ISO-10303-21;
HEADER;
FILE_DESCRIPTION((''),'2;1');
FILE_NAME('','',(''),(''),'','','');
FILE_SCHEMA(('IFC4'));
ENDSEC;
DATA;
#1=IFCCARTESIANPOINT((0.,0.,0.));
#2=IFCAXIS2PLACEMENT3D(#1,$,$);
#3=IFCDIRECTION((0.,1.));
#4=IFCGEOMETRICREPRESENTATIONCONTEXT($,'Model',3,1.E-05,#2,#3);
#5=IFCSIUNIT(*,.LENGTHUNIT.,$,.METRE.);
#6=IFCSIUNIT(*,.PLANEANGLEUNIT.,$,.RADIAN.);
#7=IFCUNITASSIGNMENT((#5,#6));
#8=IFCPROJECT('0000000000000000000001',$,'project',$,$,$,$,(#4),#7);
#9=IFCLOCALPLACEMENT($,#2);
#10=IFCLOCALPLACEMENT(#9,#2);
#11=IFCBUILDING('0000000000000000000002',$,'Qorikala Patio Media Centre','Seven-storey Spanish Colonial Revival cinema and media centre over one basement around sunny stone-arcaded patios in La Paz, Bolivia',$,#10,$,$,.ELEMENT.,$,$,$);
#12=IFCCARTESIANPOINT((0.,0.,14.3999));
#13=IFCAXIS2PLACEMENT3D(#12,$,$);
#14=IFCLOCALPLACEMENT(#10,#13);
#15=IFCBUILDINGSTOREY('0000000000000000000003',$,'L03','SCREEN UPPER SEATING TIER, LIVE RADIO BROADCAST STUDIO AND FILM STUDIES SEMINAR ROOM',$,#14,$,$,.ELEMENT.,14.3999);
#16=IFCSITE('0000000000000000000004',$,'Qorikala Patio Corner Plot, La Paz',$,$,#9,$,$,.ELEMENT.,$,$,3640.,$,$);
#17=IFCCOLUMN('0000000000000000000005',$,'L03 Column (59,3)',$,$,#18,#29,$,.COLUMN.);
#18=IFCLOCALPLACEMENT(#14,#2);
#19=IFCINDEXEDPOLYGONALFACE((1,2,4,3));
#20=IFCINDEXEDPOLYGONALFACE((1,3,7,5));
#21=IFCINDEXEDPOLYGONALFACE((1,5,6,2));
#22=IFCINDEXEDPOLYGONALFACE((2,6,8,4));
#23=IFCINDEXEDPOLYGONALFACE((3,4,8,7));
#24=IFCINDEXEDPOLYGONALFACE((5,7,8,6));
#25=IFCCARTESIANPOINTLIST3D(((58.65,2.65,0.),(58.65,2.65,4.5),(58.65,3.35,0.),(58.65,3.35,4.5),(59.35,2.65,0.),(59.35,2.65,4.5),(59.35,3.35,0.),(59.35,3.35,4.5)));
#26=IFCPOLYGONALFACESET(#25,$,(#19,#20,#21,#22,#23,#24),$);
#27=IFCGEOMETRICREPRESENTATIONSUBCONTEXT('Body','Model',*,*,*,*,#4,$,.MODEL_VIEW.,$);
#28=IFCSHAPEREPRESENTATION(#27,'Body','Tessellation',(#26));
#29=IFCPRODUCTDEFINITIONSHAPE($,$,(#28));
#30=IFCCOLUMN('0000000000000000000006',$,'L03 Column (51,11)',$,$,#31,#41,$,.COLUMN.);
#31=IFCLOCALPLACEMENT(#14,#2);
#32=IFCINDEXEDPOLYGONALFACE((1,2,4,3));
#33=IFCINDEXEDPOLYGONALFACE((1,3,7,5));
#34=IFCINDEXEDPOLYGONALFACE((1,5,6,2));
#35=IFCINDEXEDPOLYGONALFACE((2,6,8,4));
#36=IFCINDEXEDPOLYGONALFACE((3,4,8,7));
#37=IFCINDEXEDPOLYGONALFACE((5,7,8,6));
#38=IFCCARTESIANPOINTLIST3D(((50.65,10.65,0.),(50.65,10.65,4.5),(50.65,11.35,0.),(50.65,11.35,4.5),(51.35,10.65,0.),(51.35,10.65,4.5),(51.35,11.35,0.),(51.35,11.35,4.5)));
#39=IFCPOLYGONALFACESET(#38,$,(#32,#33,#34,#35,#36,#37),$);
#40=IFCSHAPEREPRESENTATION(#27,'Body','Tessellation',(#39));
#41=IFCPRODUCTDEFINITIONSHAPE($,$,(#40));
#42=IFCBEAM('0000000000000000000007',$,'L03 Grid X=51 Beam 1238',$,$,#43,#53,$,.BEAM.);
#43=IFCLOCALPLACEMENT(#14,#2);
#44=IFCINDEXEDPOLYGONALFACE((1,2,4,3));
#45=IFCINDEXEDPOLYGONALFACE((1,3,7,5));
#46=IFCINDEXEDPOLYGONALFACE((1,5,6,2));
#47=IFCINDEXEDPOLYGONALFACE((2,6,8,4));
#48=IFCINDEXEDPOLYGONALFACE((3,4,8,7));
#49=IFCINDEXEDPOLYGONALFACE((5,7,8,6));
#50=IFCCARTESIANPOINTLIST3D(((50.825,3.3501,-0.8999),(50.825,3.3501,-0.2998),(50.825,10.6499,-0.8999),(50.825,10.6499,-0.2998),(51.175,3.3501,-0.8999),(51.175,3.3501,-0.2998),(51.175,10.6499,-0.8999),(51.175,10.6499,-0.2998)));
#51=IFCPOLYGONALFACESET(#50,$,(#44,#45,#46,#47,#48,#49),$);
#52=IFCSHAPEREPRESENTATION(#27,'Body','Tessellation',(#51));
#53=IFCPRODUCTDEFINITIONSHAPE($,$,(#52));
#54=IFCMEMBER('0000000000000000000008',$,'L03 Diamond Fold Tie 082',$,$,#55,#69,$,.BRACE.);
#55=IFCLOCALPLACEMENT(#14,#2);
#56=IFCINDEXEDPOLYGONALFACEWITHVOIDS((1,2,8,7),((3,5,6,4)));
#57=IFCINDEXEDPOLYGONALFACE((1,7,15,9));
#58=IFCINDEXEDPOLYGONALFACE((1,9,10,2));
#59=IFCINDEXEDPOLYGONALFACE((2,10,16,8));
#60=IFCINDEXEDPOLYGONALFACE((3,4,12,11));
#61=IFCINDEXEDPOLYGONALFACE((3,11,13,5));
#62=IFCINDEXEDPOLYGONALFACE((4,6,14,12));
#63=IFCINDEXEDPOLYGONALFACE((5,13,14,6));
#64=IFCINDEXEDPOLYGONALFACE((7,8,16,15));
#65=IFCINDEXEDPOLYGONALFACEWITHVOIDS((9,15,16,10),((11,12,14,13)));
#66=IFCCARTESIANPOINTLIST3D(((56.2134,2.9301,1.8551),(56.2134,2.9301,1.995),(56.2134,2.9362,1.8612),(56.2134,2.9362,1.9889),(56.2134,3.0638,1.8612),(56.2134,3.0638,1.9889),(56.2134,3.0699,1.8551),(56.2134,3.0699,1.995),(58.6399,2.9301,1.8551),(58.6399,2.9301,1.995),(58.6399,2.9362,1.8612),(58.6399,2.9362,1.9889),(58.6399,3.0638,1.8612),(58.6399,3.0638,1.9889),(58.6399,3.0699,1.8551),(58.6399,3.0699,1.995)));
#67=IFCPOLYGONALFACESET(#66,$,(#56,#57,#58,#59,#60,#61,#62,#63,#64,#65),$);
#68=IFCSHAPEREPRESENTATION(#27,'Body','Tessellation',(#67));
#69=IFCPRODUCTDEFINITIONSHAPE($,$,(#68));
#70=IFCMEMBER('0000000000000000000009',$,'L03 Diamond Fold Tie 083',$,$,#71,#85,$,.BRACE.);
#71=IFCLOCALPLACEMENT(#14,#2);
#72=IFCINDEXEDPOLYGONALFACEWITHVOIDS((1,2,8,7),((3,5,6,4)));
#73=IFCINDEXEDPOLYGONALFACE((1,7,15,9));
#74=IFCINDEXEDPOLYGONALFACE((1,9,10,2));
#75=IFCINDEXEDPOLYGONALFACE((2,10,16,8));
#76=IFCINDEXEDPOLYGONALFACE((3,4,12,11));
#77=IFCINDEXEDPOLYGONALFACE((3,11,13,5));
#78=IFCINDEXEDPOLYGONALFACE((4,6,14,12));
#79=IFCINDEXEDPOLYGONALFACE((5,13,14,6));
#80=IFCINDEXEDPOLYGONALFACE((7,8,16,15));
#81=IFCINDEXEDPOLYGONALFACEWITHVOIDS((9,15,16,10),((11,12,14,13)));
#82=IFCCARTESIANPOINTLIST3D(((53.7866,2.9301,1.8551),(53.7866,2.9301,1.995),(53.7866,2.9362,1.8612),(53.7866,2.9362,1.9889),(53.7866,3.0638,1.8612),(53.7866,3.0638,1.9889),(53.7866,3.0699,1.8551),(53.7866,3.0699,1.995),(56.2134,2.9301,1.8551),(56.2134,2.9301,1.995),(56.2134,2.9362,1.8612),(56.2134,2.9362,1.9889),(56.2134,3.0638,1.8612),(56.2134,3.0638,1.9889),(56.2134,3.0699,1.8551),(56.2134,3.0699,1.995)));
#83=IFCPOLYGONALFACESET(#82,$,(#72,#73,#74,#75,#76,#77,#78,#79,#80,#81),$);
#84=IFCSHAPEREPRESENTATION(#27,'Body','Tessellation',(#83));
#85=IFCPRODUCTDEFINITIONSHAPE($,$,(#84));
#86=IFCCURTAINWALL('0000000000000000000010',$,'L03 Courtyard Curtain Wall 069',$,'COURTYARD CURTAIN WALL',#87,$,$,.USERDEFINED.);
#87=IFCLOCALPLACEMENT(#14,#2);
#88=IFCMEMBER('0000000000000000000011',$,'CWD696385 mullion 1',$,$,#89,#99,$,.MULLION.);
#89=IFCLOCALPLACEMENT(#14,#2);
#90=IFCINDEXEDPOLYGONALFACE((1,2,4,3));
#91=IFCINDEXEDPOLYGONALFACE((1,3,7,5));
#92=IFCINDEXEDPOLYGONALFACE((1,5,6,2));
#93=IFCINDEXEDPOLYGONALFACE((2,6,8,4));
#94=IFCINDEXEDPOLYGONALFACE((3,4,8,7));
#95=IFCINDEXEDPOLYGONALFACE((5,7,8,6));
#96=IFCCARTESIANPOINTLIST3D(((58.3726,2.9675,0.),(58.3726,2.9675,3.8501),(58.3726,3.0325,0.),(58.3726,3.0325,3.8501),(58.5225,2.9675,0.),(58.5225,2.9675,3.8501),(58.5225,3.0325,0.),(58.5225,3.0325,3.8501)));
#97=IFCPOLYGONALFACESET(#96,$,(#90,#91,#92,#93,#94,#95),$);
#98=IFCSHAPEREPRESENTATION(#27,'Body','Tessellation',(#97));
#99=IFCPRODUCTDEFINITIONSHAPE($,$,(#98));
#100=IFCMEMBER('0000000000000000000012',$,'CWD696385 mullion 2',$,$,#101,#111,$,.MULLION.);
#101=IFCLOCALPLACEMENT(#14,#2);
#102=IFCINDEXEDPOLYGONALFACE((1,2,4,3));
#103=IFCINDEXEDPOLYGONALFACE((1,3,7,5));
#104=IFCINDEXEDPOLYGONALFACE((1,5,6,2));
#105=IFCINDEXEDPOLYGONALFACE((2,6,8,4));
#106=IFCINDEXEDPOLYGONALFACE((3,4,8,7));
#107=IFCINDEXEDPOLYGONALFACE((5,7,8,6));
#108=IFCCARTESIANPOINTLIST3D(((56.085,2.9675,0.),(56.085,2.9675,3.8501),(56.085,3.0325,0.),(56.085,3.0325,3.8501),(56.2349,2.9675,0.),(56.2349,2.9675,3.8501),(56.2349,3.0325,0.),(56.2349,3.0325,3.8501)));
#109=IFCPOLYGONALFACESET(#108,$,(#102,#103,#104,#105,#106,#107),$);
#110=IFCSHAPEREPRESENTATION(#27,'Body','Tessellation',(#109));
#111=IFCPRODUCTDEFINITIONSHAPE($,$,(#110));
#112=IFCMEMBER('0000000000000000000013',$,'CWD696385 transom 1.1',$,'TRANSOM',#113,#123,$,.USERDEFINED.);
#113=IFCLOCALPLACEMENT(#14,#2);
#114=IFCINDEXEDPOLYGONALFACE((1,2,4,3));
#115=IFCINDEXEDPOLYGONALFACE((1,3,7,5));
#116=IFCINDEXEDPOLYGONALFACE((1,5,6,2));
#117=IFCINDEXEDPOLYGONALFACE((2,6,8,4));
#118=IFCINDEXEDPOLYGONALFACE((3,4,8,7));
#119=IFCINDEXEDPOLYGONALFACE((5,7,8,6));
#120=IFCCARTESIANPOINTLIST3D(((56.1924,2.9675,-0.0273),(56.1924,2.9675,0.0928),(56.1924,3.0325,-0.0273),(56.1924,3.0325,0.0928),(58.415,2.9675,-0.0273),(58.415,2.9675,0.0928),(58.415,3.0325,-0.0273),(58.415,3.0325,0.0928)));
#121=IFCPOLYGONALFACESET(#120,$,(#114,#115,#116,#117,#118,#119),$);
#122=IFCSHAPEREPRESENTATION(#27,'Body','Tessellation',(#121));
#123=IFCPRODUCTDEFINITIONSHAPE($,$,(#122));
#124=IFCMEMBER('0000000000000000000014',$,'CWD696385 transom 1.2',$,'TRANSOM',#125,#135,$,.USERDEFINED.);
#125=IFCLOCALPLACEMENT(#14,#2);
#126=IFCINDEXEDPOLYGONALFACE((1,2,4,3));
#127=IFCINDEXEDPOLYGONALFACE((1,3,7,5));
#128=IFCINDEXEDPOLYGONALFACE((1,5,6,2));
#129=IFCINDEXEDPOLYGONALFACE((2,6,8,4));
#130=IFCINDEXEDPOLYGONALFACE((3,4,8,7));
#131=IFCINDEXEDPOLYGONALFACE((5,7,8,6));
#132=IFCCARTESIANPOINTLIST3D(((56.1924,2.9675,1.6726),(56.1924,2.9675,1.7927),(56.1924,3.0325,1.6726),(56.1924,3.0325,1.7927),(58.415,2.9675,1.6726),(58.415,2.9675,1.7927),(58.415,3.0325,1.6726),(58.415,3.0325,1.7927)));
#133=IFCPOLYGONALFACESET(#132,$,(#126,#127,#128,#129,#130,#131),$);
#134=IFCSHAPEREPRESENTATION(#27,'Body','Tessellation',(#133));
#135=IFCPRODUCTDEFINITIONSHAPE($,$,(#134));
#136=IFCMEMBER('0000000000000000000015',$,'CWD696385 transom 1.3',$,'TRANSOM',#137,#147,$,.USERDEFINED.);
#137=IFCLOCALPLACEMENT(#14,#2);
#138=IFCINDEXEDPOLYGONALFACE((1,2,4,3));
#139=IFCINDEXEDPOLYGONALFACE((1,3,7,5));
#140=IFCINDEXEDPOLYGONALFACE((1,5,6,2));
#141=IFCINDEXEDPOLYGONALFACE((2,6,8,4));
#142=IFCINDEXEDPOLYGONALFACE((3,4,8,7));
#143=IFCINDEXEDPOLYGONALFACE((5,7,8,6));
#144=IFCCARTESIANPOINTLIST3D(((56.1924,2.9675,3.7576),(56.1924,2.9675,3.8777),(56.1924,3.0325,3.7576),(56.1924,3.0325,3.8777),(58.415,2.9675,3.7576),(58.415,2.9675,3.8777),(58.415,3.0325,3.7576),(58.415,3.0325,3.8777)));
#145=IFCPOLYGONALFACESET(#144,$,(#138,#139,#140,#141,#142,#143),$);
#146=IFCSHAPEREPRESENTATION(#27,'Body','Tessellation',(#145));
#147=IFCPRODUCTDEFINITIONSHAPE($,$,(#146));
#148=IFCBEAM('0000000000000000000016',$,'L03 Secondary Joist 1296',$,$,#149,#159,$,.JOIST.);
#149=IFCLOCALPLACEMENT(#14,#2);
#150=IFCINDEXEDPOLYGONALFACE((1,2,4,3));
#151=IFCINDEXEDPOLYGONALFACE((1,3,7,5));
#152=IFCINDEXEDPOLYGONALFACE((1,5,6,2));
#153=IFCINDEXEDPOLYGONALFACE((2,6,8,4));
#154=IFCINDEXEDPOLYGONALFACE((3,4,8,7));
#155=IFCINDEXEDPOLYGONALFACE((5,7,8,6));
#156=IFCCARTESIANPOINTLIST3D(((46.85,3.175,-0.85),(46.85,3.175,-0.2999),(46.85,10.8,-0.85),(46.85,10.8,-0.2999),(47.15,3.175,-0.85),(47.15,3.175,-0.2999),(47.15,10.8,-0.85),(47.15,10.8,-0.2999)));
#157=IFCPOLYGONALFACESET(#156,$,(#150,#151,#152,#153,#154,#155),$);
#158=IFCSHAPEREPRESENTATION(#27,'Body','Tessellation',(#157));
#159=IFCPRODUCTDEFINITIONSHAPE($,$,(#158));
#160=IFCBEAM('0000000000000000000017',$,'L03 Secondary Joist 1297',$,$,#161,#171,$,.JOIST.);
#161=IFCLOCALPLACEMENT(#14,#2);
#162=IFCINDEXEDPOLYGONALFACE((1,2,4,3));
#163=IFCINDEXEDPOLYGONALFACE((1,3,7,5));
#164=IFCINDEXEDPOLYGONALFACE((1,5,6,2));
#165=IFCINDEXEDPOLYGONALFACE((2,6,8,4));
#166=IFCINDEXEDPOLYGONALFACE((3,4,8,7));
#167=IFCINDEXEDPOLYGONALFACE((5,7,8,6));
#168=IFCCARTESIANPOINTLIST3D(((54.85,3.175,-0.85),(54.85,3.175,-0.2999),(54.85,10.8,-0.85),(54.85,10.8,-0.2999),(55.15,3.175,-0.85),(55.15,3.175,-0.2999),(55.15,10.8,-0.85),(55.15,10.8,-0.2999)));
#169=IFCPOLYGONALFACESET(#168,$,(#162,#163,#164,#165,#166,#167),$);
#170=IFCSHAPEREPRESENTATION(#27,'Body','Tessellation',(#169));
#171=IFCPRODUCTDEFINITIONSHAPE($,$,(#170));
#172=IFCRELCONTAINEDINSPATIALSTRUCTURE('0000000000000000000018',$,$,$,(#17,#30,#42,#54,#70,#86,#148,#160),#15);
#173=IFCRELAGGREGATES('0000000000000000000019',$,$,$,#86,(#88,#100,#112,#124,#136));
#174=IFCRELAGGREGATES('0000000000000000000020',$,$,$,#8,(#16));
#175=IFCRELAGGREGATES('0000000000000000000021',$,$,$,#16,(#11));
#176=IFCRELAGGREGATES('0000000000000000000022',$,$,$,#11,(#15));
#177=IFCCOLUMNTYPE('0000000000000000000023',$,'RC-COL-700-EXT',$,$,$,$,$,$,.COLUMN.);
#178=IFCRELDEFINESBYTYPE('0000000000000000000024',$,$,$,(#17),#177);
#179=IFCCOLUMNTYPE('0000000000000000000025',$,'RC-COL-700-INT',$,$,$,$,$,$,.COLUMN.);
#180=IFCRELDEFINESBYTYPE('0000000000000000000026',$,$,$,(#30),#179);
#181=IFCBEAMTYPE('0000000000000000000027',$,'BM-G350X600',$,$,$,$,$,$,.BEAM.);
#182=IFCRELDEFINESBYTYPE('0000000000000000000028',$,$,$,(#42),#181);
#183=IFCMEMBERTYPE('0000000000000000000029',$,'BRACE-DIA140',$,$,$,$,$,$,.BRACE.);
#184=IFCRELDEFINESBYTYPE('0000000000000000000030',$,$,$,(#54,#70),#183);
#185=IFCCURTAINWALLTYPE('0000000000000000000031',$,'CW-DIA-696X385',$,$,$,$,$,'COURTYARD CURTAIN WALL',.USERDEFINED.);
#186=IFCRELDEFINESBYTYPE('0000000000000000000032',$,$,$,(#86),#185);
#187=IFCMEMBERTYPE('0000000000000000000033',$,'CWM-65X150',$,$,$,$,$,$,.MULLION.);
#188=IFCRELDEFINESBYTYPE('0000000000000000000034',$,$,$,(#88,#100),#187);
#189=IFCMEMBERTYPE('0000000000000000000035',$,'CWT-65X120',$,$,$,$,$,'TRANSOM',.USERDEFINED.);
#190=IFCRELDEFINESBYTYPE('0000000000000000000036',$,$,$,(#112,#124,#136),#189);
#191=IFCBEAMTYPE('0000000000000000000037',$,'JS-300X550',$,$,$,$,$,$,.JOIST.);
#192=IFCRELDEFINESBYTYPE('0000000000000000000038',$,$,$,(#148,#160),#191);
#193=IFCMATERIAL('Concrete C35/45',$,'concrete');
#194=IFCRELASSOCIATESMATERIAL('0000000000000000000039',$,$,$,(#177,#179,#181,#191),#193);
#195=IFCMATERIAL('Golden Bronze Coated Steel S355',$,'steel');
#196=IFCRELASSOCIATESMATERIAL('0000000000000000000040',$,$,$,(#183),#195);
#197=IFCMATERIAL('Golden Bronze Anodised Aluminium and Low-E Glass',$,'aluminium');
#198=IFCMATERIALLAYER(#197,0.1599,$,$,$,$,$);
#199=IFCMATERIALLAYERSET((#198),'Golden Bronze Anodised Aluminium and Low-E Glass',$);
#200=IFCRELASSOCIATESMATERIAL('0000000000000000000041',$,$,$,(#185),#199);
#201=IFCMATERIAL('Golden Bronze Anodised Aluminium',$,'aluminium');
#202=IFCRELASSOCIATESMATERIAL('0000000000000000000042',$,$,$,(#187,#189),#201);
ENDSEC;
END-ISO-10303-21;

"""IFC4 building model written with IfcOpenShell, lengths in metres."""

from ifc_helpers import new_model, si_unit, direction, frame, origin, origin_2d, place, context, subcontext, project, spatial, rectangle, hollow_rectangle, extrude, material, layer, layer_set, material_profile, profile_set, type_object, element, aggregate, save


model = new_model("IFC4")

# Units and contexts
model_context = context("Model", 3, precision=1e-05, world=origin(), true_north=direction((0.0, 1.0)))
body_context = subcontext(model_context, "Body", "Model", "MODEL_VIEW")
ifc_project = project(units=[si_unit("LENGTHUNIT", "METRE"), si_unit("PLANEANGLEUNIT", "RADIAN")], contexts=[model_context])

# Site, building, storey
site_placement = place(None, origin())
site = spatial("IfcSite", under=ifc_project, at=site_placement, Name="Qorikala Patio Corner Plot, La Paz", CompositionType="ELEMENT", RefElevation=3640.0)
building_placement = place(site_placement, origin())
building = spatial("IfcBuilding", under=site, at=building_placement, Name="Qorikala Patio Media Centre", Description="Seven-storey Spanish Colonial Revival cinema and media centre over one basement around sunny stone-arcaded patios in La Paz, Bolivia", CompositionType="ELEMENT")
storey_placement = place(building_placement, frame((0.0, 0.0, 14.3999)))
storey = spatial("IfcBuildingStorey", under=building, at=storey_placement, Name="L03", Description="SCREEN UPPER SEATING TIER, LIVE RADIO BROADCAST STUDIO AND FILM STUDIES SEMINAR ROOM", CompositionType="ELEMENT", Elevation=14.3999)

# Columns
ifc_material_1 = material(Name="Concrete C35/45", Category="concrete")
ifc_material_profile_1 = material_profile(ifc_material_1, rectangle(XDim=0.7, YDim=0.7, at=origin_2d()), Name="RC 700x700")
ifc_profile_set_1 = profile_set([ifc_material_profile_1], Name="Concrete C35/45")
column_type_1 = type_object("IfcColumnType", Name="RC-COL-700-EXT", PredefinedType="COLUMN", material=ifc_profile_set_1)
column_1_placement = place(storey_placement, frame((59.0, 3.0, 0.0), z_axis=(0.0, 0.0, 1.0), x_axis=(1.0, 0.0, 0.0)))
element("IfcColumn", 1, at=column_1_placement, inside=storey, type_object=column_type_1, Name="L03 Column (59,3)", PredefinedType="COLUMN", context=body_context, shape_type="SweptSolid", body=[
    extrude(rectangle(XDim=0.7, YDim=0.7, at=origin_2d()), origin(), (0.0, 0.0, 1.0), 4.5),
])
ifc_material_profile_2 = material_profile(ifc_material_1, rectangle(XDim=0.7, YDim=0.7, at=origin_2d()), Name="RC 700x700")
ifc_profile_set_2 = profile_set([ifc_material_profile_2], Name="Concrete C35/45")
column_type_2 = type_object("IfcColumnType", Name="RC-COL-700-INT", PredefinedType="COLUMN", material=ifc_profile_set_2)
column_2_placement = place(storey_placement, frame((51.0, 11.0, 0.0), z_axis=(0.0, 0.0, 1.0), x_axis=(1.0, 0.0, 0.0)))
element("IfcColumn", 2, at=column_2_placement, inside=storey, type_object=column_type_2, Name="L03 Column (51,11)", PredefinedType="COLUMN", context=body_context, shape_type="SweptSolid", body=[
    extrude(rectangle(XDim=0.7, YDim=0.7, at=origin_2d()), origin(), (0.0, 0.0, 1.0), 4.5),
])

# Beam
ifc_material_profile_3 = material_profile(ifc_material_1, rectangle(XDim=0.3501, YDim=0.6001, at=origin_2d()), Name="RC 350x600")
ifc_profile_set_3 = profile_set([ifc_material_profile_3], Name="Concrete C35/45")
beam_type_1 = type_object("IfcBeamType", Name="BM-G350X600", PredefinedType="BEAM", material=ifc_profile_set_3)
beam_placement = place(storey_placement, frame((51.0, 3.3501, -0.5999), z_axis=(0.0, 1.0, 0.0), x_axis=(-1.0, 0.0, 0.0)))
element("IfcBeam", 3, at=beam_placement, inside=storey, type_object=beam_type_1, Name="L03 Grid X=51 Beam 1238", PredefinedType="BEAM", context=body_context, shape_type="SweptSolid", body=[
    extrude(rectangle(XDim=0.3501, YDim=0.6001, at=origin_2d()), origin(), (0.0, 0.0, 1.0), 7.2998),
])

# Members
ifc_material_2 = material(Name="Golden Bronze Coated Steel S355", Category="steel")
ifc_material_profile_4 = material_profile(ifc_material_2, hollow_rectangle(XDim=0.1399, YDim=0.1399, WallThickness=0.0061, at=origin_2d()), Name="HSS140X140X6")
ifc_profile_set_4 = profile_set([ifc_material_profile_4], Name="Golden Bronze Coated Steel S355")
member_type_1 = type_object("IfcMemberType", Name="BRACE-DIA140", PredefinedType="BRACE", material=ifc_profile_set_4)
member_1_placement = place(storey_placement, frame((58.6399, 3.0, 1.925), z_axis=(-1.0, 0.0, 0.0), x_axis=(0.0, -1.0, 0.0)))
element("IfcMember", 4, at=member_1_placement, inside=storey, type_object=member_type_1, Name="L03 Diamond Fold Tie 082", PredefinedType="BRACE", context=body_context, shape_type="SweptSolid", body=[
    extrude(hollow_rectangle(XDim=0.1399, YDim=0.1399, WallThickness=0.0061, at=origin_2d()), origin(), (0.0, 0.0, 1.0), 2.4265),
])
member_2_placement = place(storey_placement, frame((56.2134, 3.0, 1.925), z_axis=(-1.0, 0.0, 0.0), x_axis=(0.0, -1.0, 0.0)))
element("IfcMember", 5, at=member_2_placement, inside=storey, type_object=member_type_1, Name="L03 Diamond Fold Tie 083", PredefinedType="BRACE", context=body_context, shape_type="SweptSolid", body=[
    extrude(hollow_rectangle(XDim=0.1399, YDim=0.1399, WallThickness=0.0061, at=origin_2d()), origin(), (0.0, 0.0, 1.0), 2.4268),
])

# Curtain wall, members
ifc_material_3 = material(Name="Golden Bronze Anodised Aluminium and Low-E Glass", Category="aluminium")
ifc_layer_1 = layer(ifc_material_3, 0.1599)
ifc_layer_set_1 = layer_set([ifc_layer_1], Name="Golden Bronze Anodised Aluminium and Low-E Glass")
curtain_wall_type = type_object("IfcCurtainWallType", Name="CW-DIA-696X385", ElementType="COURTYARD CURTAIN WALL", PredefinedType="USERDEFINED", material=ifc_layer_set_1)
curtain_wall_placement = place(storey_placement, origin())
curtain_wall = element("IfcCurtainWall", 6, at=curtain_wall_placement, inside=storey, type_object=curtain_wall_type, Name="L03 Courtyard Curtain Wall 069", ObjectType="COURTYARD CURTAIN WALL", PredefinedType="USERDEFINED")
ifc_material_4 = material(Name="Golden Bronze Anodised Aluminium", Category="aluminium")
ifc_material_profile_5 = material_profile(ifc_material_4, rectangle(XDim=0.0649, YDim=0.1499, at=origin_2d()), Name="ALU MULLION 65x150")
ifc_profile_set_5 = profile_set([ifc_material_profile_5], Name="Golden Bronze Anodised Aluminium")
member_type_2 = type_object("IfcMemberType", Name="CWM-65X150", PredefinedType="MULLION", material=ifc_profile_set_5)
member_3_placement = place(storey_placement, frame((58.4475, 3.0, 0.0), z_axis=(0.0, 0.0, 1.0), x_axis=(0.0, -1.0, 0.0)))
member_3 = element("IfcMember", 7, at=member_3_placement, type_object=member_type_2, Name="CWD696385 mullion 1", PredefinedType="MULLION", context=body_context, shape_type="SweptSolid", body=[
    extrude(rectangle(XDim=0.0649, YDim=0.1499, at=origin_2d()), origin(), (0.0, 0.0, 1.0), 3.8501),
])
member_4_placement = place(storey_placement, frame((56.1599, 3.0, 0.0), z_axis=(0.0, 0.0, 1.0), x_axis=(0.0, -1.0, 0.0)))
member_4 = element("IfcMember", 8, at=member_4_placement, type_object=member_type_2, Name="CWD696385 mullion 2", PredefinedType="MULLION", context=body_context, shape_type="SweptSolid", body=[
    extrude(rectangle(XDim=0.0649, YDim=0.1499, at=origin_2d()), origin(), (0.0, 0.0, 1.0), 3.8501),
])
ifc_material_profile_6 = material_profile(ifc_material_4, rectangle(XDim=0.0649, YDim=0.1201, at=origin_2d()), Name="ALU TRANSOM 65x120")
ifc_profile_set_6 = profile_set([ifc_material_profile_6], Name="Golden Bronze Anodised Aluminium")
member_type_3 = type_object("IfcMemberType", Name="CWT-65X120", ElementType="TRANSOM", PredefinedType="USERDEFINED", material=ifc_profile_set_6)
member_5_placement = place(storey_placement, frame((58.415, 3.0, 0.0327), z_axis=(-1.0, 0.0, 0.0), x_axis=(0.0, -1.0, 0.0)))
member_5 = element("IfcMember", 9, at=member_5_placement, type_object=member_type_3, Name="CWD696385 transom 1.1", ObjectType="TRANSOM", PredefinedType="USERDEFINED", context=body_context, shape_type="SweptSolid", body=[
    extrude(rectangle(XDim=0.0649, YDim=0.1201, at=origin_2d()), origin(), (0.0, 0.0, 1.0), 2.2227),
])
member_6_placement = place(storey_placement, frame((58.415, 3.0, 1.7327), z_axis=(-1.0, 0.0, 0.0), x_axis=(0.0, -1.0, 0.0)))
member_6 = element("IfcMember", 10, at=member_6_placement, type_object=member_type_3, Name="CWD696385 transom 1.2", ObjectType="TRANSOM", PredefinedType="USERDEFINED", context=body_context, shape_type="SweptSolid", body=[
    extrude(rectangle(XDim=0.0649, YDim=0.1201, at=origin_2d()), origin(), (0.0, 0.0, 1.0), 2.2227),
])
member_7_placement = place(storey_placement, frame((58.415, 3.0, 3.8176), z_axis=(-1.0, 0.0, 0.0), x_axis=(0.0, -1.0, 0.0)))
member_7 = element("IfcMember", 11, at=member_7_placement, type_object=member_type_3, Name="CWD696385 transom 1.3", ObjectType="TRANSOM", PredefinedType="USERDEFINED", context=body_context, shape_type="SweptSolid", body=[
    extrude(rectangle(XDim=0.0649, YDim=0.1201, at=origin_2d()), origin(), (0.0, 0.0, 1.0), 2.2227),
])

# Beams
ifc_material_profile_7 = material_profile(ifc_material_1, rectangle(XDim=0.3, YDim=0.55, at=origin_2d()), Name="RC 300x550")
ifc_profile_set_7 = profile_set([ifc_material_profile_7], Name="Concrete C35/45")
beam_type_2 = type_object("IfcBeamType", Name="JS-300X550", PredefinedType="JOIST", material=ifc_profile_set_7)
for number, where, z_axis, x_axis, name in (
    (12, (47.0, 3.175, -0.575), (0.0, 1.0, 0.0), (-1.0, 0.0, 0.0), "L03 Secondary Joist 1296"),
    (13, (55.0, 3.175, -0.575), (0.0, 1.0, 0.0), (-1.0, 0.0, 0.0), "L03 Secondary Joist 1297"),
):
    element("IfcBeam", number, at=place(storey_placement, frame(where, z_axis=z_axis, x_axis=x_axis)), inside=storey, type_object=beam_type_2, Name=name, PredefinedType="JOIST", context=body_context, shape_type="SweptSolid", body=[
        extrude(rectangle(XDim=0.3, YDim=0.55, at=origin_2d()), origin(), (0.0, 0.0, 1.0), 7.625),
    ])

aggregate(curtain_wall, [member_3, member_4, member_5, member_6, member_7])

save(model, "model.ifc")
